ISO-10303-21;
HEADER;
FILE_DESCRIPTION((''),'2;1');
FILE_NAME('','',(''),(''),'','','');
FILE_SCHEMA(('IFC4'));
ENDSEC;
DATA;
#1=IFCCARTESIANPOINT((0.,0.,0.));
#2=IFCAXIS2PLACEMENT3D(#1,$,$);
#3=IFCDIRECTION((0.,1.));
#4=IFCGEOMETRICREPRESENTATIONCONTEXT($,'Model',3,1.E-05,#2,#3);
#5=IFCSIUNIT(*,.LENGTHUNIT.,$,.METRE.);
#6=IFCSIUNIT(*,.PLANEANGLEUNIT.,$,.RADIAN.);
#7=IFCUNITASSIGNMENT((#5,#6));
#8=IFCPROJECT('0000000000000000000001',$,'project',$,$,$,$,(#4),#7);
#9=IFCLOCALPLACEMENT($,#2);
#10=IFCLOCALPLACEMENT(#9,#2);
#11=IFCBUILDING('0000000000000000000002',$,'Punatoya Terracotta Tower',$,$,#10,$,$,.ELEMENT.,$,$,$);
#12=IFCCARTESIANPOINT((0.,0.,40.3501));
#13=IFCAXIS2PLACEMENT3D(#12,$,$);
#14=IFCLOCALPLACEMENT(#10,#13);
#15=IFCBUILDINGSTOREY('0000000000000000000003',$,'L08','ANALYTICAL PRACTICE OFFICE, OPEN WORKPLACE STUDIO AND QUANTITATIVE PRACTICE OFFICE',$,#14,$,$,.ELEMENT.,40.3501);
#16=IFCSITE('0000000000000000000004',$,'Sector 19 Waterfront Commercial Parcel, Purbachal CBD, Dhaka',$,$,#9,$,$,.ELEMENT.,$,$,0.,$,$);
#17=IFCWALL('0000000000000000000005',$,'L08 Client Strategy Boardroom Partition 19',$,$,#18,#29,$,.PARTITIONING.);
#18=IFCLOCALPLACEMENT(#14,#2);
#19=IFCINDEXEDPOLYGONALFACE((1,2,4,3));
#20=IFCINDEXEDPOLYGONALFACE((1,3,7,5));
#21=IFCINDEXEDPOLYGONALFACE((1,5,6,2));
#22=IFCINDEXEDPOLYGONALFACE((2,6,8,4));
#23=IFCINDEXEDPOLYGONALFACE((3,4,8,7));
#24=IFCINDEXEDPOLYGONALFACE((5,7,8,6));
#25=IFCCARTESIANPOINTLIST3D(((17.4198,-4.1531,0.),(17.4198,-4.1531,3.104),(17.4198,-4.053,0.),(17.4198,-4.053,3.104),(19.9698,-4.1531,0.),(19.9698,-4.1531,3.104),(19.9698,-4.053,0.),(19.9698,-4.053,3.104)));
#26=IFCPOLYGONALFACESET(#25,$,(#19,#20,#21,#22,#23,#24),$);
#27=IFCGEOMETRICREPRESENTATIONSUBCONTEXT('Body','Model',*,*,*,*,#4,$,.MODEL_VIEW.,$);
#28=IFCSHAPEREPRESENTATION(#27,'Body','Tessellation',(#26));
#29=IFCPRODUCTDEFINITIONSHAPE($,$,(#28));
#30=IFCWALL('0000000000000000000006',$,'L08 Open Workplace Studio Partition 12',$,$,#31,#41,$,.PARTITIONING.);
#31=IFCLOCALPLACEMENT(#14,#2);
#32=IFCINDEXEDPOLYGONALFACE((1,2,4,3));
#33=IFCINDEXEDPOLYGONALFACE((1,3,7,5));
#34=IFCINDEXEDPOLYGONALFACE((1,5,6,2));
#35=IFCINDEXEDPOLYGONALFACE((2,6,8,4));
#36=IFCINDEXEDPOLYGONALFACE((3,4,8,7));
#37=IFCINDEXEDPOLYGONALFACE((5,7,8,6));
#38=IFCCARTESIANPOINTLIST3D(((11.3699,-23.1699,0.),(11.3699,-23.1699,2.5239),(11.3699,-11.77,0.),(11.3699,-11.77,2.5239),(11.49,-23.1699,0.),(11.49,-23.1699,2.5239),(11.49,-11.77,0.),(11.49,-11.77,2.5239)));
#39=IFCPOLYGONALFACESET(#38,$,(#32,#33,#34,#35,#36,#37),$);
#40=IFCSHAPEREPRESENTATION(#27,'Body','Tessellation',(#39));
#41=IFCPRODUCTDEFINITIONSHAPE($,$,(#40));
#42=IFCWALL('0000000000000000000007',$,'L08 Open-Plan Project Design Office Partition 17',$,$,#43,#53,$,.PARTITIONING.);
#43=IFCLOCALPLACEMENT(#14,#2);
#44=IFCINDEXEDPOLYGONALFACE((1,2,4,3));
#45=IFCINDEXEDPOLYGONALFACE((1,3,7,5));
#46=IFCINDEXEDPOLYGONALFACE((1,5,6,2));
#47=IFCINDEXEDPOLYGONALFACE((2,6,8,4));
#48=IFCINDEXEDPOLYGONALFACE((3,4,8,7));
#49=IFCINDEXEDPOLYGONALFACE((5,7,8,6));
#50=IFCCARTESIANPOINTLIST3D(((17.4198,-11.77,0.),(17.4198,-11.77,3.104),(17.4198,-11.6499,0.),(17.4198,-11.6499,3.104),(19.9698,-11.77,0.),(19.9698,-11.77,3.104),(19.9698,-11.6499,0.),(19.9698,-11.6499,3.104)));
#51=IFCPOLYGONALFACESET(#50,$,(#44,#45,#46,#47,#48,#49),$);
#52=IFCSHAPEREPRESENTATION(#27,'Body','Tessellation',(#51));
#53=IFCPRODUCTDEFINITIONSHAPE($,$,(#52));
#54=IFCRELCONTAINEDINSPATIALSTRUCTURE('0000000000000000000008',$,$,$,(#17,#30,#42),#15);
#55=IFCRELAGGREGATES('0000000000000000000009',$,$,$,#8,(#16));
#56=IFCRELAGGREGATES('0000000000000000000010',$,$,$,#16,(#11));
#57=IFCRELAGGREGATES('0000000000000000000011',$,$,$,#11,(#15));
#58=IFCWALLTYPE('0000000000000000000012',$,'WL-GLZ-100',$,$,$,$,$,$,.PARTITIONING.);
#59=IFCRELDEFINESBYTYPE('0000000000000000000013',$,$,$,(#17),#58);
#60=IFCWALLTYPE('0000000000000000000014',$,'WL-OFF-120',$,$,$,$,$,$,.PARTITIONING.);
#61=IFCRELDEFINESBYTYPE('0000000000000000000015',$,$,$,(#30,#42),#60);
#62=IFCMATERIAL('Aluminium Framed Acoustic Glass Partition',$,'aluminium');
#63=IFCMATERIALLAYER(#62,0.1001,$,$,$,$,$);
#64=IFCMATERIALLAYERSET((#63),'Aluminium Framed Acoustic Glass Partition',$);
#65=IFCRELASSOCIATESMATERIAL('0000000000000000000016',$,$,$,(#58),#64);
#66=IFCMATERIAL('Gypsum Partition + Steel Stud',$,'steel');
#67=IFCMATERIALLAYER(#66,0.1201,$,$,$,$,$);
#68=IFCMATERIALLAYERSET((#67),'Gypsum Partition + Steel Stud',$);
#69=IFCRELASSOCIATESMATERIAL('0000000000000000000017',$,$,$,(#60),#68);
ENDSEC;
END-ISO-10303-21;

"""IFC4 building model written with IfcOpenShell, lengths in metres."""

from ifc_helpers import new_model, si_unit, direction, frame, frame_2d, origin, place, context, subcontext, project, spatial, rectangle, extrude, material, layer, layer_set, type_object, element, save


model = new_model("IFC4")

# Units and contexts
model_context = context("Model", 3, precision=1e-05, world=origin(), true_north=direction((0.0, 1.0)))
body_context = subcontext(model_context, "Body", "Model", "MODEL_VIEW")
ifc_project = project(units=[si_unit("LENGTHUNIT", "METRE"), si_unit("PLANEANGLEUNIT", "RADIAN")], contexts=[model_context])

# Site, building, storey
site_placement = place(None, origin())
site = spatial("IfcSite", under=ifc_project, at=site_placement, Name="Sector 19 Waterfront Commercial Parcel, Purbachal CBD, Dhaka", CompositionType="ELEMENT", RefElevation=0.0)
building_placement = place(site_placement, origin())
building = spatial("IfcBuilding", under=site, at=building_placement, Name="Punatoya Terracotta Tower", CompositionType="ELEMENT")
storey_placement = place(building_placement, frame((0.0, 0.0, 40.3501)))
storey = spatial("IfcBuildingStorey", under=building, at=storey_placement, Name="L08", Description="ANALYTICAL PRACTICE OFFICE, OPEN WORKPLACE STUDIO AND QUANTITATIVE PRACTICE OFFICE", CompositionType="ELEMENT", Elevation=40.3501)

# Walls
ifc_material_1 = material(Name="Aluminium Framed Acoustic Glass Partition", Category="aluminium")
ifc_layer_1 = layer(ifc_material_1, 0.1001)
ifc_layer_set_1 = layer_set([ifc_layer_1], Name="Aluminium Framed Acoustic Glass Partition")
wall_type_1 = type_object("IfcWallType", Name="WL-GLZ-100", PredefinedType="PARTITIONING", material=ifc_layer_set_1)
wall_1_placement = place(storey_placement, frame((17.4199, -4.103, 0.0), z_axis=(0.0, 0.0, 1.0), x_axis=(1.0, 0.0, 0.0)))
element("IfcWall", 1, at=wall_1_placement, inside=storey, type_object=wall_type_1, Name="L08 Client Strategy Boardroom Partition 19", PredefinedType="PARTITIONING", context=body_context, shape_type="SweptSolid", body=[
    extrude(rectangle(XDim=2.55, YDim=0.1001, at=frame_2d((1.2749, 0.0))), origin(), (0.0, 0.0, 1.0), 3.104),
])
ifc_material_2 = material(Name="Gypsum Partition + Steel Stud", Category="steel")
ifc_layer_2 = layer(ifc_material_2, 0.1201)
ifc_layer_set_2 = layer_set([ifc_layer_2], Name="Gypsum Partition + Steel Stud")
wall_type_2 = type_object("IfcWallType", Name="WL-OFF-120", PredefinedType="PARTITIONING", material=ifc_layer_set_2)
wall_2_placement = place(storey_placement, frame((11.4299, -11.77, 0.0), z_axis=(0.0, 0.0, 1.0), x_axis=(0.0, -1.0, 0.0)))
element("IfcWall", 2, at=wall_2_placement, inside=storey, type_object=wall_type_2, Name="L08 Open Workplace Studio Partition 12", PredefinedType="PARTITIONING", context=body_context, shape_type="SweptSolid", body=[
    extrude(rectangle(XDim=11.3999, YDim=0.1201, at=frame_2d((5.7, 0.0))), origin(), (0.0, 0.0, 1.0), 2.5239),
])
wall_3_placement = place(storey_placement, frame((17.4199, -11.71, 0.0), z_axis=(0.0, 0.0, 1.0), x_axis=(1.0, 0.0, 0.0)))
element("IfcWall", 3, at=wall_3_placement, inside=storey, type_object=wall_type_2, Name="L08 Open-Plan Project Design Office Partition 17", PredefinedType="PARTITIONING", context=body_context, shape_type="SweptSolid", body=[
    extrude(rectangle(XDim=2.55, YDim=0.1201, at=frame_2d((1.2749, 0.0))), origin(), (0.0, 0.0, 1.0), 3.104),
])

save(model, "model.ifc")
